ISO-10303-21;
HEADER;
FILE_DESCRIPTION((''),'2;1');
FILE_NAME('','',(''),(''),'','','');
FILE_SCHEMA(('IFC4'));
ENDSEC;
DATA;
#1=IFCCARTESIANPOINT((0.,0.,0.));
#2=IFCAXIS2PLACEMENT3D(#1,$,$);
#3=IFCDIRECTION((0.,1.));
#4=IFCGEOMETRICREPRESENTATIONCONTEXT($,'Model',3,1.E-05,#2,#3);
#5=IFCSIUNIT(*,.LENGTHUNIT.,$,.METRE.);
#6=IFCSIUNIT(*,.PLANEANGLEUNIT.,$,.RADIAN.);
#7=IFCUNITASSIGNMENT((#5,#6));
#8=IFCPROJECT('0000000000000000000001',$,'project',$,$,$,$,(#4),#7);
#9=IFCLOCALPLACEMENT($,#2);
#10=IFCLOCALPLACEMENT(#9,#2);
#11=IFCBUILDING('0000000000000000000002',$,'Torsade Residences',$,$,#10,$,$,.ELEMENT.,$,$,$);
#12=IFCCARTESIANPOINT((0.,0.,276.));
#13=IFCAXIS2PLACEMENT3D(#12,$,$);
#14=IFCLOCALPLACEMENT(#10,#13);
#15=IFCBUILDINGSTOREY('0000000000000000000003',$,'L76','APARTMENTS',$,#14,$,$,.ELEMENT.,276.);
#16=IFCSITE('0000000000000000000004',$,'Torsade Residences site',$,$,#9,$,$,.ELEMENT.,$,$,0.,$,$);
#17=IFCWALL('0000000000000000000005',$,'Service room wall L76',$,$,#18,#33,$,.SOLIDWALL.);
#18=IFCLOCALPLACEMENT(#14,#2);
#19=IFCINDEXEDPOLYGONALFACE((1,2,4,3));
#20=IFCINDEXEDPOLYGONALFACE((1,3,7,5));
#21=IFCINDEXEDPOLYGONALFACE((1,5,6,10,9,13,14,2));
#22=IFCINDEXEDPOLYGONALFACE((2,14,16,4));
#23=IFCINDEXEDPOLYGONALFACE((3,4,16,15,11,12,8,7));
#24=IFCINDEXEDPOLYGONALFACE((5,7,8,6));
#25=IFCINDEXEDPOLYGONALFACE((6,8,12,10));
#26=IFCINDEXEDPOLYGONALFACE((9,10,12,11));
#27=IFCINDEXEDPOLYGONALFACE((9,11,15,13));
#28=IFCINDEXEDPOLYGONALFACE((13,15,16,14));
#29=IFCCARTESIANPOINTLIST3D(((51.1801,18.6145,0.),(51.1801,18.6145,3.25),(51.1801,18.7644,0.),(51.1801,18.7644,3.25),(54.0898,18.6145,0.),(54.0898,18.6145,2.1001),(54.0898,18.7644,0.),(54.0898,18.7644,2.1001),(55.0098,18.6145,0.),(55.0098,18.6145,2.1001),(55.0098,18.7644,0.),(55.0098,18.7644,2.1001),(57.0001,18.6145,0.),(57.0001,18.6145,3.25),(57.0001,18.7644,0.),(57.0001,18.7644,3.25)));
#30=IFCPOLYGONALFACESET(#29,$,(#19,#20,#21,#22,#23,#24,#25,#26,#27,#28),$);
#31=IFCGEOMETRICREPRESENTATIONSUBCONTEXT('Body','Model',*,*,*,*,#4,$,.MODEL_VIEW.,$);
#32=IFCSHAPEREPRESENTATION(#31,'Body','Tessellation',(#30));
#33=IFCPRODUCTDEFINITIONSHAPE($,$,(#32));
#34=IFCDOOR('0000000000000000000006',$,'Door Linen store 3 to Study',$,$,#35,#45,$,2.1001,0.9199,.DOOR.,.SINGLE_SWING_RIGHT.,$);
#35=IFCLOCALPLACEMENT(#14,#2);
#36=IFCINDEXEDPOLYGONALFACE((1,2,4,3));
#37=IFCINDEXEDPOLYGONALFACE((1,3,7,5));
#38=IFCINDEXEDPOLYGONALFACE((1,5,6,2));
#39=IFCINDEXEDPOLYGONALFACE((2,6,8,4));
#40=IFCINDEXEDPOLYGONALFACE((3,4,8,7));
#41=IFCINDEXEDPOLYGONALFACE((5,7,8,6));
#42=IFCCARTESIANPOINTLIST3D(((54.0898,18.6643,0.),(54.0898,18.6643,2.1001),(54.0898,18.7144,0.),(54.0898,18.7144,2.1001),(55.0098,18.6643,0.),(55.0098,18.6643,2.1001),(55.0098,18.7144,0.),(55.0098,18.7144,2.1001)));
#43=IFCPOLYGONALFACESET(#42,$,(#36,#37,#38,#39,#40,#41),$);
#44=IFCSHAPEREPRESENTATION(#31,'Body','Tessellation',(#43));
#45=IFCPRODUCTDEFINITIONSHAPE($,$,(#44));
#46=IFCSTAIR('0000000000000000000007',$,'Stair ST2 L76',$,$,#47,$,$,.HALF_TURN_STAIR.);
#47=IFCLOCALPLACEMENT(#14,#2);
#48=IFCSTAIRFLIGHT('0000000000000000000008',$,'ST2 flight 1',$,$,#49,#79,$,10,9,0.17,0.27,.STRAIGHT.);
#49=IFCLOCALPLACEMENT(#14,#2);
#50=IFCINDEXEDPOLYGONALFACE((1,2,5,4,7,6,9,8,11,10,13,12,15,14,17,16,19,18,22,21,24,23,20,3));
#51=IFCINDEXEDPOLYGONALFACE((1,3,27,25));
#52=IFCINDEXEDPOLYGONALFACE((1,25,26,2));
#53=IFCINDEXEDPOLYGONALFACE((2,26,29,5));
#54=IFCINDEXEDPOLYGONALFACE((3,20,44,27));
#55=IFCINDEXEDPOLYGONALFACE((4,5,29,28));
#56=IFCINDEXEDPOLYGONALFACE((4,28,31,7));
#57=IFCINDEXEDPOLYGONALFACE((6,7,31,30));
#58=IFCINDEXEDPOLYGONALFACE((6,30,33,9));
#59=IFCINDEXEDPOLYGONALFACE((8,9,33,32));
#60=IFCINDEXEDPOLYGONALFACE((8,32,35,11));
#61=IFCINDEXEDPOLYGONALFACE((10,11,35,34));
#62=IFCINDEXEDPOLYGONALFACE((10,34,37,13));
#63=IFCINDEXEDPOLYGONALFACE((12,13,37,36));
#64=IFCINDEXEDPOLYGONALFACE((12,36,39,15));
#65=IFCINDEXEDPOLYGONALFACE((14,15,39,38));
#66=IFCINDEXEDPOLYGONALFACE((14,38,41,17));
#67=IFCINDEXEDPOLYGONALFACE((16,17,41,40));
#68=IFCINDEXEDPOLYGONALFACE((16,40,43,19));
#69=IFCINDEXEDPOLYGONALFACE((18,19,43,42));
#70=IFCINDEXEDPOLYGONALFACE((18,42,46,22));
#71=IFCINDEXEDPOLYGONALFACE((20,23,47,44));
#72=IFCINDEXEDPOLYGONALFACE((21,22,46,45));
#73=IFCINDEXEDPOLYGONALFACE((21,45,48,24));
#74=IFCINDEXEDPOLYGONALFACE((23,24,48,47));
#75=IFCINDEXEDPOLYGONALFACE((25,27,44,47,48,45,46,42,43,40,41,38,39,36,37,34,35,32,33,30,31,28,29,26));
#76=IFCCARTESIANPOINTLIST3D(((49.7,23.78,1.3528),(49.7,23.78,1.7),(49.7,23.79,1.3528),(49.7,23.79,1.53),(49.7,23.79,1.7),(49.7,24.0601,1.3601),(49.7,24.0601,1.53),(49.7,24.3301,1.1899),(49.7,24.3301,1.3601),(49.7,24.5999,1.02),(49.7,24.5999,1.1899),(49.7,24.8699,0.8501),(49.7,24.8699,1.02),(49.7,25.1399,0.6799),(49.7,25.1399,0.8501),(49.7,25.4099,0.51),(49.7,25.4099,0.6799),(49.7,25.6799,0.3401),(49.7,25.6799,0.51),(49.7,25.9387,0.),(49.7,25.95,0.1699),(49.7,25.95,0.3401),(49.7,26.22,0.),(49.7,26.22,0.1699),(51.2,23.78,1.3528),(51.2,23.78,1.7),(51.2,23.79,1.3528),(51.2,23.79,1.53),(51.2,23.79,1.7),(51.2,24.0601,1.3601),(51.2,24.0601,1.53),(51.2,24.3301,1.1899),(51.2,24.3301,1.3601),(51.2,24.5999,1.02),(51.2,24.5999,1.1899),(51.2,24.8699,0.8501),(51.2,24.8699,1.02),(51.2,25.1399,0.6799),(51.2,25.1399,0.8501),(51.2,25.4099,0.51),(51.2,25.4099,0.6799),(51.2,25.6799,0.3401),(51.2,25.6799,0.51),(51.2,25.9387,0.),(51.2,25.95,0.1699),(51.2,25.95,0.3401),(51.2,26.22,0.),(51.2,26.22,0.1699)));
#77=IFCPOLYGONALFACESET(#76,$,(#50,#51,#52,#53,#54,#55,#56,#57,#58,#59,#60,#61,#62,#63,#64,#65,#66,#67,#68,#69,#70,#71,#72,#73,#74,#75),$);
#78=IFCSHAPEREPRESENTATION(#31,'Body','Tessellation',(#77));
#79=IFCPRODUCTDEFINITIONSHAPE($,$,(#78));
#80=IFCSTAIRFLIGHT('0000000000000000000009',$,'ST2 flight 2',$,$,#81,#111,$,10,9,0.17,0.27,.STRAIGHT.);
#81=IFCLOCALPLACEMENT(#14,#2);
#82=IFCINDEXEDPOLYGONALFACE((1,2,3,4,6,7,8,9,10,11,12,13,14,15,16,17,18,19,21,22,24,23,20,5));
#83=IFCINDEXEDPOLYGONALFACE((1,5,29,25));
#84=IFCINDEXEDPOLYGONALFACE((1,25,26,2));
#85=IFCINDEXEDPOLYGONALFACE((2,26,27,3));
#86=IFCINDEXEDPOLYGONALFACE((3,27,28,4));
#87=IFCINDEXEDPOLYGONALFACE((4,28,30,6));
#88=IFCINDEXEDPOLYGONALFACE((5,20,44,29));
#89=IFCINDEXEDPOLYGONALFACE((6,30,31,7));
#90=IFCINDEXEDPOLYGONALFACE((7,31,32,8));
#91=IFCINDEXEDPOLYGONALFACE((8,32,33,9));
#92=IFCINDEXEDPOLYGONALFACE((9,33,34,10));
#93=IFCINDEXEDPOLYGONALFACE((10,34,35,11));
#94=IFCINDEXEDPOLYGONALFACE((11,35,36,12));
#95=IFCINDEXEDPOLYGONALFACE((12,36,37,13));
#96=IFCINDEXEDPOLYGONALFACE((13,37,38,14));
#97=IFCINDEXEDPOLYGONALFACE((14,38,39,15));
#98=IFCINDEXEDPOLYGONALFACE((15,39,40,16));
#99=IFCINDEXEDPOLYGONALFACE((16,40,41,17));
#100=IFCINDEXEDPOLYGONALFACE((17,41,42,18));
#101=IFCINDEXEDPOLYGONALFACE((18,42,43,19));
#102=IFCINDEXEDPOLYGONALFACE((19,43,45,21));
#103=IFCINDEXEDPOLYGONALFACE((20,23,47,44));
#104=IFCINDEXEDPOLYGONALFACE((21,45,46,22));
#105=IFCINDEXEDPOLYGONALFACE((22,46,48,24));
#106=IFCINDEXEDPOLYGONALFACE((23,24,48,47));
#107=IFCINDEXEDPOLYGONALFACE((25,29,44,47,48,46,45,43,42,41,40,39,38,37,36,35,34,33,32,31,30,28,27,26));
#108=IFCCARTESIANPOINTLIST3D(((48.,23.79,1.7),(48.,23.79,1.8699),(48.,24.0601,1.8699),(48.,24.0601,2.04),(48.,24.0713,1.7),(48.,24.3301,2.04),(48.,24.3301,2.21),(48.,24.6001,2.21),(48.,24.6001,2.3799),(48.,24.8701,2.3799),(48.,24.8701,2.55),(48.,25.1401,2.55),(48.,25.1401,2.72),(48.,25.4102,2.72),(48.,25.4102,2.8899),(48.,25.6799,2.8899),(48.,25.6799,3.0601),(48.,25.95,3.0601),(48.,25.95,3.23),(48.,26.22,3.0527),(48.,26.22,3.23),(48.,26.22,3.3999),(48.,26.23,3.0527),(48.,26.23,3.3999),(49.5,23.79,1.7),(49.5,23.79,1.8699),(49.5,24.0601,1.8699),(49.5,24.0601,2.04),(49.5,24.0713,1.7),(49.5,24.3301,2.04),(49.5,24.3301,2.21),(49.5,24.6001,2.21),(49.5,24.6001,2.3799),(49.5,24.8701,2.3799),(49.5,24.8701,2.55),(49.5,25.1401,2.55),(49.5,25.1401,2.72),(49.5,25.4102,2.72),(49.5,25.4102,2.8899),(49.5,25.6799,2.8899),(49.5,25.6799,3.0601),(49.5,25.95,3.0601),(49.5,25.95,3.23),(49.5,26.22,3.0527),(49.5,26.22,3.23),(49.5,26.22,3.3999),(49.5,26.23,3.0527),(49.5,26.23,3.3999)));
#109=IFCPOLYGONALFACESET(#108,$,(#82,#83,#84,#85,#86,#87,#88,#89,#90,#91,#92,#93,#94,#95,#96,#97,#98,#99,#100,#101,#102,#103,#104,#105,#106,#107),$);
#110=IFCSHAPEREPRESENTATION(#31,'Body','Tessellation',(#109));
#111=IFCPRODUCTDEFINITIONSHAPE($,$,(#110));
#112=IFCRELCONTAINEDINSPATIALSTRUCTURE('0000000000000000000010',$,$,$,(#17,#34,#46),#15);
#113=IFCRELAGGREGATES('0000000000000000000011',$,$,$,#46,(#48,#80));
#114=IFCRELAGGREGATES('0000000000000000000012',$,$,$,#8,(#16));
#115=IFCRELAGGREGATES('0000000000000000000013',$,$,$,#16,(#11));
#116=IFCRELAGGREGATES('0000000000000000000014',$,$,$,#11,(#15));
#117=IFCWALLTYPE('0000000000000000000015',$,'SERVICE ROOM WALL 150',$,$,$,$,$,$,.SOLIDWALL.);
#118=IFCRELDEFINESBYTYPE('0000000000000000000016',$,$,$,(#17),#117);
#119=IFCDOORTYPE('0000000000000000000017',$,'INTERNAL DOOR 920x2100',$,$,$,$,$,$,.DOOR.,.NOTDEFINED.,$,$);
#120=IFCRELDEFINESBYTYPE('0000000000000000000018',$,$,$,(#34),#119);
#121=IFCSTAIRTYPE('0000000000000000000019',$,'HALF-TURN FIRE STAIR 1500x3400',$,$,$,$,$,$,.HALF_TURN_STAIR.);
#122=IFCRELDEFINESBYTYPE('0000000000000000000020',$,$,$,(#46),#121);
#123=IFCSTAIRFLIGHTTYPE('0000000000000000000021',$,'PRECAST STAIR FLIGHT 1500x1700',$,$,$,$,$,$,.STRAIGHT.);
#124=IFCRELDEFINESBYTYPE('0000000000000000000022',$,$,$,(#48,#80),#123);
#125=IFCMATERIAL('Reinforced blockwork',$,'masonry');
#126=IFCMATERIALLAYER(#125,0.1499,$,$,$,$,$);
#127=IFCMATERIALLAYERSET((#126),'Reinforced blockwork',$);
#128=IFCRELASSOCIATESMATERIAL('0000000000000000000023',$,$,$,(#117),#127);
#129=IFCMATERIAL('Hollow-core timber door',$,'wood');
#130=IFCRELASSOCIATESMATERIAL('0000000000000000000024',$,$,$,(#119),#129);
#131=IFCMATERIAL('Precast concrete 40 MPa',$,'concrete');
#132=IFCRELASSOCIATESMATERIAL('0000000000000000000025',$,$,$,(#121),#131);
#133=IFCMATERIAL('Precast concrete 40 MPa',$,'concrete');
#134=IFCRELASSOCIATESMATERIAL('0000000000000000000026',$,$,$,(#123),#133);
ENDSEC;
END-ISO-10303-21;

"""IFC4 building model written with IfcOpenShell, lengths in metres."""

from ifc_helpers import new_model, si_unit, direction, frame, frame_2d, origin, place, context, subcontext, project, spatial, polyline, rectangle, outline, extrude, material, layer, layer_set, type_object, element, fill, aggregate, save


model = new_model("IFC4")

# Units and contexts
model_context = context("Model", 3, precision=1e-05, world=origin(), true_north=direction((0.0, 1.0)))
body_context = subcontext(model_context, "Body", "Model", "MODEL_VIEW")
ifc_project = project(units=[si_unit("LENGTHUNIT", "METRE"), si_unit("PLANEANGLEUNIT", "RADIAN")], contexts=[model_context])

# Site, building, storey
site_placement = place(None, origin())
site = spatial("IfcSite", under=ifc_project, at=site_placement, Name="Torsade Residences site", CompositionType="ELEMENT", RefElevation=0.0)
building_placement = place(site_placement, origin())
building = spatial("IfcBuilding", under=site, at=building_placement, Name="Torsade Residences", CompositionType="ELEMENT")
storey_placement = place(building_placement, frame((0.0, 0.0, 276.0)))
storey = spatial("IfcBuildingStorey", under=building, at=storey_placement, Name="L76", Description="APARTMENTS", CompositionType="ELEMENT", Elevation=276.0)

# Wall, opening, door
ifc_material_1 = material(Name="Reinforced blockwork", Category="masonry")
ifc_layer_1 = layer(ifc_material_1, 0.1499)
ifc_layer_set_1 = layer_set([ifc_layer_1], Name="Reinforced blockwork")
wall_type_1 = type_object("IfcWallType", Name="SERVICE ROOM WALL 150", PredefinedType="SOLIDWALL", material=ifc_layer_set_1)
wall_1_placement = place(storey_placement, frame((51.1799, 18.6895, 0.0), z_axis=(0.0, 0.0, 1.0), x_axis=(1.0, 0.0, 0.0)))
wall_1 = element("IfcWall", 1, at=wall_1_placement, inside=storey, type_object=wall_type_1, Name="Service room wall L76", PredefinedType="SOLIDWALL", context=body_context, shape_type="SweptSolid", body=[
    extrude(rectangle(XDim=5.8201, YDim=0.1499, at=frame_2d((2.9102, 0.0))), origin(), (0.0, 0.0, 1.0), 3.25),
])
opening_1_placement = place(wall_1_placement, frame((2.9099, 0.0, 0.0)))
opening_1 = element("IfcOpeningElement", 2, at=opening_1_placement, cuts=wall_1, PredefinedType="OPENING", context=body_context, shape_type="SweptSolid", body=[
    extrude(rectangle(XDim=0.9199, YDim=2.1001, at=frame_2d((0.46, 1.05))), frame((0.0, 0.085, 0.0), z_axis=(0.0, -1.0, 0.0), x_axis=(1.0, 0.0, 0.0)), (0.0, 0.0, 1.0), 0.1699),
])
ifc_material_2 = material(Name="Hollow-core timber door", Category="wood")
door_type_1 = type_object("IfcDoorType", Name="INTERNAL DOOR 920x2100", OperationType="NOTDEFINED", PredefinedType="DOOR", material=ifc_material_2)
door_1_placement = place(opening_1_placement, origin())
door_1 = element("IfcDoor", 3, at=door_1_placement, inside=storey, type_object=door_type_1, Name="Door Linen store 3 to Study", OperationType="SINGLE_SWING_RIGHT", OverallHeight=2.1001, OverallWidth=0.9199, PredefinedType="DOOR", context=body_context, shape_type="SweptSolid", body=[
    extrude(rectangle(XDim=0.9199, YDim=2.1001, at=frame_2d((0.46, 1.05))), frame((0.0, 0.0249, 0.0), z_axis=(0.0, -1.0, 0.0), x_axis=(1.0, 0.0, 0.0)), (0.0, 0.0, 1.0), 0.05),
])
fill(opening_1, door_1)

# Stair, stair flights
ifc_material_3 = material(Name="Precast concrete 40 MPa", Category="concrete")
stair_type = type_object("IfcStairType", Name="HALF-TURN FIRE STAIR 1500x3400", PredefinedType="HALF_TURN_STAIR", material=ifc_material_3)
stair_placement = place(storey_placement, origin())
stair = element("IfcStair", 4, at=stair_placement, inside=storey, type_object=stair_type, Name="Stair ST2 L76", PredefinedType="HALF_TURN_STAIR")
ifc_material_4 = material(Name="Precast concrete 40 MPa", Category="concrete")
stair_flight_type = type_object("IfcStairFlightType", Name="PRECAST STAIR FLIGHT 1500x1700", PredefinedType="STRAIGHT", material=ifc_material_4)
stair_flight_1_placement = place(storey_placement, frame((50.45, 26.22, 0.0), z_axis=(0.0, 0.0, 1.0), x_axis=(0.0, -1.0, 0.0)))
stair_flight_1 = element("IfcStairFlight", 5, at=stair_flight_1_placement, type_object=stair_flight_type, Name="ST2 flight 1", NumberOfRisers=10, NumberOfTreads=9, PredefinedType="STRAIGHT", RiserHeight=0.17, TreadLength=0.27, context=body_context, shape_type="SweptSolid", body=[
    extrude(outline(polyline([(0.0, 0.0), (0.0, 0.1699), (0.27, 0.1699), (0.27, 0.3401), (0.54, 0.3401), (0.54, 0.51), (0.8101, 0.51), (0.8101, 0.6799), (1.0801, 0.6799), (1.0801, 0.8501), (1.3501, 0.8501), (1.3501, 1.02), (1.6201, 1.02), (1.6201, 1.1899), (1.8899, 1.1899), (1.8899, 1.3601), (2.1599, 1.3601), (2.1599, 1.53), (2.4299, 1.53), (2.4299, 1.7), (2.4399, 1.7), (2.4399, 1.3528), (2.4299, 1.3528), (0.2812, 0.0), (0.0, 0.0)])), frame((0.0, 0.75, 0.0), z_axis=(0.0, -1.0, 0.0), x_axis=(1.0, 0.0, 0.0)), (0.0, 0.0, 1.0), 1.5),
])
stair_flight_2_placement = place(storey_placement, frame((48.75, 23.79, 1.7), z_axis=(0.0, 0.0, 1.0), x_axis=(0.0, 1.0, 0.0)))
stair_flight_2 = element("IfcStairFlight", 6, at=stair_flight_2_placement, type_object=stair_flight_type, Name="ST2 flight 2", NumberOfRisers=10, NumberOfTreads=9, PredefinedType="STRAIGHT", RiserHeight=0.17, TreadLength=0.27, context=body_context, shape_type="SweptSolid", body=[
    extrude(outline(polyline([(0.0, 0.0), (0.0, 0.1699), (0.27, 0.1699), (0.27, 0.3401), (0.54, 0.3401), (0.54, 0.51), (0.8101, 0.51), (0.8101, 0.6799), (1.0801, 0.6799), (1.0801, 0.8501), (1.3501, 0.8501), (1.3501, 1.02), (1.6201, 1.02), (1.6201, 1.1899), (1.8899, 1.1899), (1.8899, 1.3601), (2.1599, 1.3601), (2.1599, 1.53), (2.4299, 1.53), (2.4299, 1.7), (2.4399, 1.7), (2.4399, 1.3528), (2.4299, 1.3528), (0.2812, 0.0), (0.0, 0.0)])), frame((0.0, 0.75, 0.0), z_axis=(0.0, -1.0, 0.0), x_axis=(1.0, 0.0, 0.0)), (0.0, 0.0, 1.0), 1.5),
])
aggregate(stair, [stair_flight_1, stair_flight_2])

save(model, "model.ifc")
